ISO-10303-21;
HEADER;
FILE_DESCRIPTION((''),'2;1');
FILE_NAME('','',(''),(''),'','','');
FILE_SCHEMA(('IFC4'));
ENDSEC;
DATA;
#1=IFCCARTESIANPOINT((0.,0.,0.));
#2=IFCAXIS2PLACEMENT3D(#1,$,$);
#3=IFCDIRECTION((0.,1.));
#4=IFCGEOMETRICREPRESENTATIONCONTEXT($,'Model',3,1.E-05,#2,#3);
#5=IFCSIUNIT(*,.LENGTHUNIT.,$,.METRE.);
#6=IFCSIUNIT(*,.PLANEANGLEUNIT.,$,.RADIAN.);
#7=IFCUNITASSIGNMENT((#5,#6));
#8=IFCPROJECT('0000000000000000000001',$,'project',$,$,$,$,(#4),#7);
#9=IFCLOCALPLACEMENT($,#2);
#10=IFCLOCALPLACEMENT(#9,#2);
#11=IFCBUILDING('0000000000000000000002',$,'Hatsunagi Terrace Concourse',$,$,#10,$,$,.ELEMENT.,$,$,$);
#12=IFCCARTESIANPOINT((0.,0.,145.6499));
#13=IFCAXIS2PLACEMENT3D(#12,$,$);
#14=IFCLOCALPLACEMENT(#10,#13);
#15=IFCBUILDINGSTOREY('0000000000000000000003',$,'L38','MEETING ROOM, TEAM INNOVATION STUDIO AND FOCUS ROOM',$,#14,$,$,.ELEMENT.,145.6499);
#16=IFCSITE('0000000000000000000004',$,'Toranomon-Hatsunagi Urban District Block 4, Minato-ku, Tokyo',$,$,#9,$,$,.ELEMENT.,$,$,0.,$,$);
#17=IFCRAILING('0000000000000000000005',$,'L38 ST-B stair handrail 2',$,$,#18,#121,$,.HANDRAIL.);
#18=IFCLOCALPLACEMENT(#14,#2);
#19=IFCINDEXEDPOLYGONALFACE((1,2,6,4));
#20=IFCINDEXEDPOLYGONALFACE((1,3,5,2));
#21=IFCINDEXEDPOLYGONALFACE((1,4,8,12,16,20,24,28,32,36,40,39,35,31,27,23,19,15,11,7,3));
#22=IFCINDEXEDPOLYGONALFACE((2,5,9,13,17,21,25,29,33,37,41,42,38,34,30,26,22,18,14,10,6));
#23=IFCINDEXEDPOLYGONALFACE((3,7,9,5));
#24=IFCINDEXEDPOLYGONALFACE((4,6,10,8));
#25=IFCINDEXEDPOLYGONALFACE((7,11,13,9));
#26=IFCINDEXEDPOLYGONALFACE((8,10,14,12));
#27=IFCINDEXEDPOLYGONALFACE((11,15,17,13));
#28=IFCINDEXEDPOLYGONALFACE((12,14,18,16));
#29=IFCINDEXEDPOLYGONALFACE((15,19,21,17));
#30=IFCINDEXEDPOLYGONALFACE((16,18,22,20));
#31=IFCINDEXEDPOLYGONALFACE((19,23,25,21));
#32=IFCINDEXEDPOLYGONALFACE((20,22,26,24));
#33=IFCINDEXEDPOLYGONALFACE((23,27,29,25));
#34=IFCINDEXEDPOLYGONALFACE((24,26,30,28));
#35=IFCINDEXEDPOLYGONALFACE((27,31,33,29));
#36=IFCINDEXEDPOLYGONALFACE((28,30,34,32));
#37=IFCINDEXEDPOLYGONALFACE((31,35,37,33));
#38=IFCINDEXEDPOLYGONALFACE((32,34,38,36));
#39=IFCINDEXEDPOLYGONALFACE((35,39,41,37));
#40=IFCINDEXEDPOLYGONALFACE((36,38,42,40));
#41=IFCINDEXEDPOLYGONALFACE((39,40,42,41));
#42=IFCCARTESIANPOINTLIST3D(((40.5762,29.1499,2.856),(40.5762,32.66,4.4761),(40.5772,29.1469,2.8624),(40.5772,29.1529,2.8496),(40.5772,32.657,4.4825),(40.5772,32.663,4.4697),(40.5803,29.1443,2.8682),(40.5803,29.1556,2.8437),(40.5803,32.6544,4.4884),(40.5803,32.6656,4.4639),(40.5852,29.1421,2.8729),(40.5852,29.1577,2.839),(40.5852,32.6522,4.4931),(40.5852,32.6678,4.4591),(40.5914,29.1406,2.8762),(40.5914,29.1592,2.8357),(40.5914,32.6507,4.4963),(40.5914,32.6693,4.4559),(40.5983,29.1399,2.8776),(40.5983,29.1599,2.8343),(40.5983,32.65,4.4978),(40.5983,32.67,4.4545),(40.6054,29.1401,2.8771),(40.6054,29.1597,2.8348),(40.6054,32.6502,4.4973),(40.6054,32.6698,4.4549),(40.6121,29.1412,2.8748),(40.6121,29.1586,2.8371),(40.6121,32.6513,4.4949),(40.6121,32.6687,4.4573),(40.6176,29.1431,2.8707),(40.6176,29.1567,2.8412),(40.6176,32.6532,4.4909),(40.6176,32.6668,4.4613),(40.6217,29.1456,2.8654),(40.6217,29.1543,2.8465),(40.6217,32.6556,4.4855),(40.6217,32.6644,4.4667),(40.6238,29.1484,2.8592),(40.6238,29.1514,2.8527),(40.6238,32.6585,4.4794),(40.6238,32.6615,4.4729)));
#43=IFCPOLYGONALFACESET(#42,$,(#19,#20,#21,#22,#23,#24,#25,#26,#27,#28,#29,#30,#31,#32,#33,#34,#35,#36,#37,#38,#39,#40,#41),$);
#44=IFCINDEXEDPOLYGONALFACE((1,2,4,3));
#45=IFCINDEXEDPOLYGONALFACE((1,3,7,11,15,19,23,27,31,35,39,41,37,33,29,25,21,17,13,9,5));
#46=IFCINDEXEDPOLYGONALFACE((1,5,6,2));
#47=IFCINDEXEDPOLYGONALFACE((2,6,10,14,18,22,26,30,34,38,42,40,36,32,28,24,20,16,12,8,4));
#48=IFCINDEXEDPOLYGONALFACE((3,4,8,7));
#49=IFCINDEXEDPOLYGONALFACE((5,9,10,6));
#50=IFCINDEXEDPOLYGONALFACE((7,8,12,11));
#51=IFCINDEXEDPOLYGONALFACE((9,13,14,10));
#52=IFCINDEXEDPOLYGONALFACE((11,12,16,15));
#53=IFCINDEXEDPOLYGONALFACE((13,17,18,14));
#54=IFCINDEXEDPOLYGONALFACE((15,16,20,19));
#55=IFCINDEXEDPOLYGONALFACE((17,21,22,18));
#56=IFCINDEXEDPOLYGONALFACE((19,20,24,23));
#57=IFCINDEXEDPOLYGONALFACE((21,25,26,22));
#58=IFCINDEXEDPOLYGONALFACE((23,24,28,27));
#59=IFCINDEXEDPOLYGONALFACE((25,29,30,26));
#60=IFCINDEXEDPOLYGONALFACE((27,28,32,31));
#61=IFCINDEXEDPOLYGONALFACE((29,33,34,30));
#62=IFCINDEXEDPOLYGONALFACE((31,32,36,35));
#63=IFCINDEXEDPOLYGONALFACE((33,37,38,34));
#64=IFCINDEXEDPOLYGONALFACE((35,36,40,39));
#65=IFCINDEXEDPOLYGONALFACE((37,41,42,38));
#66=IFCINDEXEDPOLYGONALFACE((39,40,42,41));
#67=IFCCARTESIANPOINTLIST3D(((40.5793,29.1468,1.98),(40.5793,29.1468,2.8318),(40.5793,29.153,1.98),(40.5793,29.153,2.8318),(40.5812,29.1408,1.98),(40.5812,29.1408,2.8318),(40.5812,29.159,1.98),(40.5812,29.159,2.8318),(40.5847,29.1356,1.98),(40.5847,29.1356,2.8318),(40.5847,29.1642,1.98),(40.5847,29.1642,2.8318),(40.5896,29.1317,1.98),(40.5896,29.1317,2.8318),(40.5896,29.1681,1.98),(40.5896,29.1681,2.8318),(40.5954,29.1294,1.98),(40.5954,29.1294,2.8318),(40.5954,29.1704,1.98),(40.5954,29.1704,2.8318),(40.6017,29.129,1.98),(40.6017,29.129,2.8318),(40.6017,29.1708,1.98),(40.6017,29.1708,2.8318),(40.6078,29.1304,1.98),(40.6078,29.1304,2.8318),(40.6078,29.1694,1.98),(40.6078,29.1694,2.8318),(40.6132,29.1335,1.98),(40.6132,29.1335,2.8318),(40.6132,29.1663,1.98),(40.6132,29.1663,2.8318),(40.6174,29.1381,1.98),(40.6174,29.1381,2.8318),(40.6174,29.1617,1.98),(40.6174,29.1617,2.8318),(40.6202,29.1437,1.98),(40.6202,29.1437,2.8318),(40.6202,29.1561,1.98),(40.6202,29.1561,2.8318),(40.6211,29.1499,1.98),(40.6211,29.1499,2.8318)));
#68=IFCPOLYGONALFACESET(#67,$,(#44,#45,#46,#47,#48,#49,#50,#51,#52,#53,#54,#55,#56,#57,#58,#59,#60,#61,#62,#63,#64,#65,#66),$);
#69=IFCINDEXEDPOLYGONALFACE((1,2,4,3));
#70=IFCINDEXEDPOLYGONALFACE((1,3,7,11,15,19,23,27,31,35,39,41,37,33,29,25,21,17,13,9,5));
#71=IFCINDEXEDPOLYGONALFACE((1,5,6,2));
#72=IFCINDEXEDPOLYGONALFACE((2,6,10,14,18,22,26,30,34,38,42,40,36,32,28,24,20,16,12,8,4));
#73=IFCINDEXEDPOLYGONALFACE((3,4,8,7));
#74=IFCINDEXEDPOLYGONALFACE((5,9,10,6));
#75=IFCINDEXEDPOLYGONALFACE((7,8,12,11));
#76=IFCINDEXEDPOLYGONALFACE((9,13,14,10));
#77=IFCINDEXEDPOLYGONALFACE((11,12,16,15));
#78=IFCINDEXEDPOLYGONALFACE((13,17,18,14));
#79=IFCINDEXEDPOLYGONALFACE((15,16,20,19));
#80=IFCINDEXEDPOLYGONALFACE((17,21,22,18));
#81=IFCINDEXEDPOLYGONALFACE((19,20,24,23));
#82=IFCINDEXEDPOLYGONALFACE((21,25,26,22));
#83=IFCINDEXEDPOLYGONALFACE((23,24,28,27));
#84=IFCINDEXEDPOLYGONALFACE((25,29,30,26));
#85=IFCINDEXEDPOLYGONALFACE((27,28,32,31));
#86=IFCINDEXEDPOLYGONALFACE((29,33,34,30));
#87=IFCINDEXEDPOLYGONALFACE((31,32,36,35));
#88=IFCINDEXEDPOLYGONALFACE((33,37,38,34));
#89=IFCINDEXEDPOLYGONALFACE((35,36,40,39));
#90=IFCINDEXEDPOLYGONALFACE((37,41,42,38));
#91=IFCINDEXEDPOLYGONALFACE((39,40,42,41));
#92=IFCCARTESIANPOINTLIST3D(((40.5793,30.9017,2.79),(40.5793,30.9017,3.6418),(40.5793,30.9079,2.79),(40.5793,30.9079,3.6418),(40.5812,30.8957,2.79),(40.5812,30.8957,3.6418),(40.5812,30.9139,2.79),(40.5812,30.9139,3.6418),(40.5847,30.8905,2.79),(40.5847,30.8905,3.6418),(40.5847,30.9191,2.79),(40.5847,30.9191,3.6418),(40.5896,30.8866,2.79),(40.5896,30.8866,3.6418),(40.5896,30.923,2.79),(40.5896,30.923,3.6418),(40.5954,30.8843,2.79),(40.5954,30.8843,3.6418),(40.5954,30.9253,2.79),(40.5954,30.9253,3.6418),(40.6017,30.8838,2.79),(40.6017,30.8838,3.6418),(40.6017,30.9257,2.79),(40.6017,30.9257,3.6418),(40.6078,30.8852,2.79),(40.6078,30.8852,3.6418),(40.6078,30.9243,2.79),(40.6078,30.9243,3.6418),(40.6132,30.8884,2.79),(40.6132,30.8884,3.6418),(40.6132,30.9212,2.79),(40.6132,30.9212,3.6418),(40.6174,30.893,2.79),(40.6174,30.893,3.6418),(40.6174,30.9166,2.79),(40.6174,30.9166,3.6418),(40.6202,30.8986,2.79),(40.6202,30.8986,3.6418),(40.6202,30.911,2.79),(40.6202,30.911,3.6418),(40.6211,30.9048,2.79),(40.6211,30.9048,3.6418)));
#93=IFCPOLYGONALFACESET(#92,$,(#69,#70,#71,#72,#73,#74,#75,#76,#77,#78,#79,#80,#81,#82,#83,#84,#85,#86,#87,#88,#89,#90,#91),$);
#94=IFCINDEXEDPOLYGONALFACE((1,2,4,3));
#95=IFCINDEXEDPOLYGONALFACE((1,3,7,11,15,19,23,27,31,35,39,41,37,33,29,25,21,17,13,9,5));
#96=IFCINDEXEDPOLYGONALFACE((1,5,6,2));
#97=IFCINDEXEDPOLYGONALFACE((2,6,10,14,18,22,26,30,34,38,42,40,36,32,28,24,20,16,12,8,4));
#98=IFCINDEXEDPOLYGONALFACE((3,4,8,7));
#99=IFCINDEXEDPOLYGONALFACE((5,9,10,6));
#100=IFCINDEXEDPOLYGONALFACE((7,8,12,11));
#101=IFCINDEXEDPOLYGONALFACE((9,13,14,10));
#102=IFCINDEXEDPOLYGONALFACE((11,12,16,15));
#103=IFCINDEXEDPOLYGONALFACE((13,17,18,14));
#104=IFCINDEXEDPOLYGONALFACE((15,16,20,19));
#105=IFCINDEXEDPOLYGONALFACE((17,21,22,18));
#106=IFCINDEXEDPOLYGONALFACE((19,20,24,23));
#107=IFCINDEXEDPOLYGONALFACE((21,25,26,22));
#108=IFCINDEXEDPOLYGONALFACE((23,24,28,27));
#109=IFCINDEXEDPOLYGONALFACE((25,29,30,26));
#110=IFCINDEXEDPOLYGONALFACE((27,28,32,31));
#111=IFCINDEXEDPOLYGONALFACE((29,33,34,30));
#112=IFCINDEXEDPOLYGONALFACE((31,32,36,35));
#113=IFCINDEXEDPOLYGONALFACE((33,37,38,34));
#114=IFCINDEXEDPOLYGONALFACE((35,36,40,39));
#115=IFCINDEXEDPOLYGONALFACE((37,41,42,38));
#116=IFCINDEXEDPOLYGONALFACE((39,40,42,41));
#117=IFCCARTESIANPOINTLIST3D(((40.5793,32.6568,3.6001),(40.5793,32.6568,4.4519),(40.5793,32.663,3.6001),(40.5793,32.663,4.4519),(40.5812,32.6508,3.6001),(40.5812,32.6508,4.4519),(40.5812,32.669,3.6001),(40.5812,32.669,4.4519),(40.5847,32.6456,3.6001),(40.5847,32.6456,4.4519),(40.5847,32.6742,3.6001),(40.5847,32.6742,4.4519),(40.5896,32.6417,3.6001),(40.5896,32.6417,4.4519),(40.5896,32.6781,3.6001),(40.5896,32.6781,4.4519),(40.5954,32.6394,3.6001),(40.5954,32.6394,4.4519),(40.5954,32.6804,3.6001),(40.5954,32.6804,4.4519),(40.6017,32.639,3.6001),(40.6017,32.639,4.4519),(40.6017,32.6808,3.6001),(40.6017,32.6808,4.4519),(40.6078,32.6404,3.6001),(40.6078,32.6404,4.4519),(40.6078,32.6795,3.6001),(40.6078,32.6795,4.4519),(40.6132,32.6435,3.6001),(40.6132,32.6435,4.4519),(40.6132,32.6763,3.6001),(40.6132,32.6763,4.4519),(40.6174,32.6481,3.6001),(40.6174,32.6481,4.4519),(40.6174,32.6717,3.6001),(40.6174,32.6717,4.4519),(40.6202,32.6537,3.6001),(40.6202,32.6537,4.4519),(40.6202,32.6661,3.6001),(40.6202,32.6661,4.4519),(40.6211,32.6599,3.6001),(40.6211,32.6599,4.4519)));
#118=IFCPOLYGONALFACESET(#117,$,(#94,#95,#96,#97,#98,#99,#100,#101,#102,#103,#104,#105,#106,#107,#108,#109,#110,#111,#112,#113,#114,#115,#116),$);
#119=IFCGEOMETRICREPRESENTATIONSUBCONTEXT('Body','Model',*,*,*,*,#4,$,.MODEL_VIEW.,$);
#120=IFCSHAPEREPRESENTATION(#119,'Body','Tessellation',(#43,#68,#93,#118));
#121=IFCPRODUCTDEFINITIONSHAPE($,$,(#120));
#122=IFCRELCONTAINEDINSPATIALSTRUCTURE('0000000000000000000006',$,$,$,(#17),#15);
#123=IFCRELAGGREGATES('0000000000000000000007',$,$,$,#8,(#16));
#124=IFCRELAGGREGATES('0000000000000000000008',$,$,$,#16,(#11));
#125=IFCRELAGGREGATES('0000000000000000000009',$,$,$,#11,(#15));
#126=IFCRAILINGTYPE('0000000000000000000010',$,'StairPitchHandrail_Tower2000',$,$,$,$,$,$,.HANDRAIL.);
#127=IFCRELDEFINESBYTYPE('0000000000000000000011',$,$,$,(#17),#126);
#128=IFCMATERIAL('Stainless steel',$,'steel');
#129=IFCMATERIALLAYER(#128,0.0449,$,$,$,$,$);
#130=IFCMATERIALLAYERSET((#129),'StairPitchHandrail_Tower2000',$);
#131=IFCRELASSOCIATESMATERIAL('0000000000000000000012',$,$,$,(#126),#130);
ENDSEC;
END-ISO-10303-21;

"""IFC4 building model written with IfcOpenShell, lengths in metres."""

from ifc_helpers import new_model, si_unit, direction, frame, origin, origin_2d, place, context, subcontext, project, spatial, circle, extrude, material, layer, layer_set, type_object, element, save


model = new_model("IFC4")

# Units and contexts
model_context = context("Model", 3, precision=1e-05, world=origin(), true_north=direction((0.0, 1.0)))
body_context = subcontext(model_context, "Body", "Model", "MODEL_VIEW")
ifc_project = project(units=[si_unit("LENGTHUNIT", "METRE"), si_unit("PLANEANGLEUNIT", "RADIAN")], contexts=[model_context])

# Site, building, storey
site_placement = place(None, origin())
site = spatial("IfcSite", under=ifc_project, at=site_placement, Name="Toranomon-Hatsunagi Urban District Block 4, Minato-ku, Tokyo", CompositionType="ELEMENT", RefElevation=0.0)
building_placement = place(site_placement, origin())
building = spatial("IfcBuilding", under=site, at=building_placement, Name="Hatsunagi Terrace Concourse", CompositionType="ELEMENT")
storey_placement = place(building_placement, frame((0.0, 0.0, 145.6499)))
storey = spatial("IfcBuildingStorey", under=building, at=storey_placement, Name="L38", Description="MEETING ROOM, TEAM INNOVATION STUDIO AND FOCUS ROOM", CompositionType="ELEMENT", Elevation=145.6499)

# Railing
ifc_material_1 = material(Name="Stainless steel", Category="steel")
ifc_layer_1 = layer(ifc_material_1, 0.0449)
ifc_layer_set_1 = layer_set([ifc_layer_1], Name="StairPitchHandrail_Tower2000")
railing_type_1 = type_object("IfcRailingType", Name="StairPitchHandrail_Tower2000", PredefinedType="HANDRAIL", material=ifc_layer_set_1)
railing_1_placement = place(storey_placement, frame((40.6001, 29.1499, 1.98)))
element("IfcRailing", 1, at=railing_1_placement, inside=storey, type_object=railing_type_1, Name="L38 ST-B stair handrail 2", PredefinedType="HANDRAIL", context=body_context, shape_type="SweptSolid", body=[
    extrude(circle(Radius=0.0239, at=origin_2d()), frame((0.0, 0.0, 0.876), z_axis=(0.0, 0.907948, 0.419082), x_axis=(-1.0, 0.0, 0.0)), (0.0, 0.0, 1.0), 3.866),
    extrude(circle(Radius=0.021, at=origin_2d()), origin(), (0.0, 0.0, 1.0), 0.8518),
    extrude(circle(Radius=0.021, at=origin_2d()), frame((0.0, 1.7549, 0.8101)), (0.0, 0.0, 1.0), 0.8518),
    extrude(circle(Radius=0.021, at=origin_2d()), frame((0.0, 3.51, 1.6201)), (0.0, 0.0, 1.0), 0.8518),
])

save(model, "model.ifc")
